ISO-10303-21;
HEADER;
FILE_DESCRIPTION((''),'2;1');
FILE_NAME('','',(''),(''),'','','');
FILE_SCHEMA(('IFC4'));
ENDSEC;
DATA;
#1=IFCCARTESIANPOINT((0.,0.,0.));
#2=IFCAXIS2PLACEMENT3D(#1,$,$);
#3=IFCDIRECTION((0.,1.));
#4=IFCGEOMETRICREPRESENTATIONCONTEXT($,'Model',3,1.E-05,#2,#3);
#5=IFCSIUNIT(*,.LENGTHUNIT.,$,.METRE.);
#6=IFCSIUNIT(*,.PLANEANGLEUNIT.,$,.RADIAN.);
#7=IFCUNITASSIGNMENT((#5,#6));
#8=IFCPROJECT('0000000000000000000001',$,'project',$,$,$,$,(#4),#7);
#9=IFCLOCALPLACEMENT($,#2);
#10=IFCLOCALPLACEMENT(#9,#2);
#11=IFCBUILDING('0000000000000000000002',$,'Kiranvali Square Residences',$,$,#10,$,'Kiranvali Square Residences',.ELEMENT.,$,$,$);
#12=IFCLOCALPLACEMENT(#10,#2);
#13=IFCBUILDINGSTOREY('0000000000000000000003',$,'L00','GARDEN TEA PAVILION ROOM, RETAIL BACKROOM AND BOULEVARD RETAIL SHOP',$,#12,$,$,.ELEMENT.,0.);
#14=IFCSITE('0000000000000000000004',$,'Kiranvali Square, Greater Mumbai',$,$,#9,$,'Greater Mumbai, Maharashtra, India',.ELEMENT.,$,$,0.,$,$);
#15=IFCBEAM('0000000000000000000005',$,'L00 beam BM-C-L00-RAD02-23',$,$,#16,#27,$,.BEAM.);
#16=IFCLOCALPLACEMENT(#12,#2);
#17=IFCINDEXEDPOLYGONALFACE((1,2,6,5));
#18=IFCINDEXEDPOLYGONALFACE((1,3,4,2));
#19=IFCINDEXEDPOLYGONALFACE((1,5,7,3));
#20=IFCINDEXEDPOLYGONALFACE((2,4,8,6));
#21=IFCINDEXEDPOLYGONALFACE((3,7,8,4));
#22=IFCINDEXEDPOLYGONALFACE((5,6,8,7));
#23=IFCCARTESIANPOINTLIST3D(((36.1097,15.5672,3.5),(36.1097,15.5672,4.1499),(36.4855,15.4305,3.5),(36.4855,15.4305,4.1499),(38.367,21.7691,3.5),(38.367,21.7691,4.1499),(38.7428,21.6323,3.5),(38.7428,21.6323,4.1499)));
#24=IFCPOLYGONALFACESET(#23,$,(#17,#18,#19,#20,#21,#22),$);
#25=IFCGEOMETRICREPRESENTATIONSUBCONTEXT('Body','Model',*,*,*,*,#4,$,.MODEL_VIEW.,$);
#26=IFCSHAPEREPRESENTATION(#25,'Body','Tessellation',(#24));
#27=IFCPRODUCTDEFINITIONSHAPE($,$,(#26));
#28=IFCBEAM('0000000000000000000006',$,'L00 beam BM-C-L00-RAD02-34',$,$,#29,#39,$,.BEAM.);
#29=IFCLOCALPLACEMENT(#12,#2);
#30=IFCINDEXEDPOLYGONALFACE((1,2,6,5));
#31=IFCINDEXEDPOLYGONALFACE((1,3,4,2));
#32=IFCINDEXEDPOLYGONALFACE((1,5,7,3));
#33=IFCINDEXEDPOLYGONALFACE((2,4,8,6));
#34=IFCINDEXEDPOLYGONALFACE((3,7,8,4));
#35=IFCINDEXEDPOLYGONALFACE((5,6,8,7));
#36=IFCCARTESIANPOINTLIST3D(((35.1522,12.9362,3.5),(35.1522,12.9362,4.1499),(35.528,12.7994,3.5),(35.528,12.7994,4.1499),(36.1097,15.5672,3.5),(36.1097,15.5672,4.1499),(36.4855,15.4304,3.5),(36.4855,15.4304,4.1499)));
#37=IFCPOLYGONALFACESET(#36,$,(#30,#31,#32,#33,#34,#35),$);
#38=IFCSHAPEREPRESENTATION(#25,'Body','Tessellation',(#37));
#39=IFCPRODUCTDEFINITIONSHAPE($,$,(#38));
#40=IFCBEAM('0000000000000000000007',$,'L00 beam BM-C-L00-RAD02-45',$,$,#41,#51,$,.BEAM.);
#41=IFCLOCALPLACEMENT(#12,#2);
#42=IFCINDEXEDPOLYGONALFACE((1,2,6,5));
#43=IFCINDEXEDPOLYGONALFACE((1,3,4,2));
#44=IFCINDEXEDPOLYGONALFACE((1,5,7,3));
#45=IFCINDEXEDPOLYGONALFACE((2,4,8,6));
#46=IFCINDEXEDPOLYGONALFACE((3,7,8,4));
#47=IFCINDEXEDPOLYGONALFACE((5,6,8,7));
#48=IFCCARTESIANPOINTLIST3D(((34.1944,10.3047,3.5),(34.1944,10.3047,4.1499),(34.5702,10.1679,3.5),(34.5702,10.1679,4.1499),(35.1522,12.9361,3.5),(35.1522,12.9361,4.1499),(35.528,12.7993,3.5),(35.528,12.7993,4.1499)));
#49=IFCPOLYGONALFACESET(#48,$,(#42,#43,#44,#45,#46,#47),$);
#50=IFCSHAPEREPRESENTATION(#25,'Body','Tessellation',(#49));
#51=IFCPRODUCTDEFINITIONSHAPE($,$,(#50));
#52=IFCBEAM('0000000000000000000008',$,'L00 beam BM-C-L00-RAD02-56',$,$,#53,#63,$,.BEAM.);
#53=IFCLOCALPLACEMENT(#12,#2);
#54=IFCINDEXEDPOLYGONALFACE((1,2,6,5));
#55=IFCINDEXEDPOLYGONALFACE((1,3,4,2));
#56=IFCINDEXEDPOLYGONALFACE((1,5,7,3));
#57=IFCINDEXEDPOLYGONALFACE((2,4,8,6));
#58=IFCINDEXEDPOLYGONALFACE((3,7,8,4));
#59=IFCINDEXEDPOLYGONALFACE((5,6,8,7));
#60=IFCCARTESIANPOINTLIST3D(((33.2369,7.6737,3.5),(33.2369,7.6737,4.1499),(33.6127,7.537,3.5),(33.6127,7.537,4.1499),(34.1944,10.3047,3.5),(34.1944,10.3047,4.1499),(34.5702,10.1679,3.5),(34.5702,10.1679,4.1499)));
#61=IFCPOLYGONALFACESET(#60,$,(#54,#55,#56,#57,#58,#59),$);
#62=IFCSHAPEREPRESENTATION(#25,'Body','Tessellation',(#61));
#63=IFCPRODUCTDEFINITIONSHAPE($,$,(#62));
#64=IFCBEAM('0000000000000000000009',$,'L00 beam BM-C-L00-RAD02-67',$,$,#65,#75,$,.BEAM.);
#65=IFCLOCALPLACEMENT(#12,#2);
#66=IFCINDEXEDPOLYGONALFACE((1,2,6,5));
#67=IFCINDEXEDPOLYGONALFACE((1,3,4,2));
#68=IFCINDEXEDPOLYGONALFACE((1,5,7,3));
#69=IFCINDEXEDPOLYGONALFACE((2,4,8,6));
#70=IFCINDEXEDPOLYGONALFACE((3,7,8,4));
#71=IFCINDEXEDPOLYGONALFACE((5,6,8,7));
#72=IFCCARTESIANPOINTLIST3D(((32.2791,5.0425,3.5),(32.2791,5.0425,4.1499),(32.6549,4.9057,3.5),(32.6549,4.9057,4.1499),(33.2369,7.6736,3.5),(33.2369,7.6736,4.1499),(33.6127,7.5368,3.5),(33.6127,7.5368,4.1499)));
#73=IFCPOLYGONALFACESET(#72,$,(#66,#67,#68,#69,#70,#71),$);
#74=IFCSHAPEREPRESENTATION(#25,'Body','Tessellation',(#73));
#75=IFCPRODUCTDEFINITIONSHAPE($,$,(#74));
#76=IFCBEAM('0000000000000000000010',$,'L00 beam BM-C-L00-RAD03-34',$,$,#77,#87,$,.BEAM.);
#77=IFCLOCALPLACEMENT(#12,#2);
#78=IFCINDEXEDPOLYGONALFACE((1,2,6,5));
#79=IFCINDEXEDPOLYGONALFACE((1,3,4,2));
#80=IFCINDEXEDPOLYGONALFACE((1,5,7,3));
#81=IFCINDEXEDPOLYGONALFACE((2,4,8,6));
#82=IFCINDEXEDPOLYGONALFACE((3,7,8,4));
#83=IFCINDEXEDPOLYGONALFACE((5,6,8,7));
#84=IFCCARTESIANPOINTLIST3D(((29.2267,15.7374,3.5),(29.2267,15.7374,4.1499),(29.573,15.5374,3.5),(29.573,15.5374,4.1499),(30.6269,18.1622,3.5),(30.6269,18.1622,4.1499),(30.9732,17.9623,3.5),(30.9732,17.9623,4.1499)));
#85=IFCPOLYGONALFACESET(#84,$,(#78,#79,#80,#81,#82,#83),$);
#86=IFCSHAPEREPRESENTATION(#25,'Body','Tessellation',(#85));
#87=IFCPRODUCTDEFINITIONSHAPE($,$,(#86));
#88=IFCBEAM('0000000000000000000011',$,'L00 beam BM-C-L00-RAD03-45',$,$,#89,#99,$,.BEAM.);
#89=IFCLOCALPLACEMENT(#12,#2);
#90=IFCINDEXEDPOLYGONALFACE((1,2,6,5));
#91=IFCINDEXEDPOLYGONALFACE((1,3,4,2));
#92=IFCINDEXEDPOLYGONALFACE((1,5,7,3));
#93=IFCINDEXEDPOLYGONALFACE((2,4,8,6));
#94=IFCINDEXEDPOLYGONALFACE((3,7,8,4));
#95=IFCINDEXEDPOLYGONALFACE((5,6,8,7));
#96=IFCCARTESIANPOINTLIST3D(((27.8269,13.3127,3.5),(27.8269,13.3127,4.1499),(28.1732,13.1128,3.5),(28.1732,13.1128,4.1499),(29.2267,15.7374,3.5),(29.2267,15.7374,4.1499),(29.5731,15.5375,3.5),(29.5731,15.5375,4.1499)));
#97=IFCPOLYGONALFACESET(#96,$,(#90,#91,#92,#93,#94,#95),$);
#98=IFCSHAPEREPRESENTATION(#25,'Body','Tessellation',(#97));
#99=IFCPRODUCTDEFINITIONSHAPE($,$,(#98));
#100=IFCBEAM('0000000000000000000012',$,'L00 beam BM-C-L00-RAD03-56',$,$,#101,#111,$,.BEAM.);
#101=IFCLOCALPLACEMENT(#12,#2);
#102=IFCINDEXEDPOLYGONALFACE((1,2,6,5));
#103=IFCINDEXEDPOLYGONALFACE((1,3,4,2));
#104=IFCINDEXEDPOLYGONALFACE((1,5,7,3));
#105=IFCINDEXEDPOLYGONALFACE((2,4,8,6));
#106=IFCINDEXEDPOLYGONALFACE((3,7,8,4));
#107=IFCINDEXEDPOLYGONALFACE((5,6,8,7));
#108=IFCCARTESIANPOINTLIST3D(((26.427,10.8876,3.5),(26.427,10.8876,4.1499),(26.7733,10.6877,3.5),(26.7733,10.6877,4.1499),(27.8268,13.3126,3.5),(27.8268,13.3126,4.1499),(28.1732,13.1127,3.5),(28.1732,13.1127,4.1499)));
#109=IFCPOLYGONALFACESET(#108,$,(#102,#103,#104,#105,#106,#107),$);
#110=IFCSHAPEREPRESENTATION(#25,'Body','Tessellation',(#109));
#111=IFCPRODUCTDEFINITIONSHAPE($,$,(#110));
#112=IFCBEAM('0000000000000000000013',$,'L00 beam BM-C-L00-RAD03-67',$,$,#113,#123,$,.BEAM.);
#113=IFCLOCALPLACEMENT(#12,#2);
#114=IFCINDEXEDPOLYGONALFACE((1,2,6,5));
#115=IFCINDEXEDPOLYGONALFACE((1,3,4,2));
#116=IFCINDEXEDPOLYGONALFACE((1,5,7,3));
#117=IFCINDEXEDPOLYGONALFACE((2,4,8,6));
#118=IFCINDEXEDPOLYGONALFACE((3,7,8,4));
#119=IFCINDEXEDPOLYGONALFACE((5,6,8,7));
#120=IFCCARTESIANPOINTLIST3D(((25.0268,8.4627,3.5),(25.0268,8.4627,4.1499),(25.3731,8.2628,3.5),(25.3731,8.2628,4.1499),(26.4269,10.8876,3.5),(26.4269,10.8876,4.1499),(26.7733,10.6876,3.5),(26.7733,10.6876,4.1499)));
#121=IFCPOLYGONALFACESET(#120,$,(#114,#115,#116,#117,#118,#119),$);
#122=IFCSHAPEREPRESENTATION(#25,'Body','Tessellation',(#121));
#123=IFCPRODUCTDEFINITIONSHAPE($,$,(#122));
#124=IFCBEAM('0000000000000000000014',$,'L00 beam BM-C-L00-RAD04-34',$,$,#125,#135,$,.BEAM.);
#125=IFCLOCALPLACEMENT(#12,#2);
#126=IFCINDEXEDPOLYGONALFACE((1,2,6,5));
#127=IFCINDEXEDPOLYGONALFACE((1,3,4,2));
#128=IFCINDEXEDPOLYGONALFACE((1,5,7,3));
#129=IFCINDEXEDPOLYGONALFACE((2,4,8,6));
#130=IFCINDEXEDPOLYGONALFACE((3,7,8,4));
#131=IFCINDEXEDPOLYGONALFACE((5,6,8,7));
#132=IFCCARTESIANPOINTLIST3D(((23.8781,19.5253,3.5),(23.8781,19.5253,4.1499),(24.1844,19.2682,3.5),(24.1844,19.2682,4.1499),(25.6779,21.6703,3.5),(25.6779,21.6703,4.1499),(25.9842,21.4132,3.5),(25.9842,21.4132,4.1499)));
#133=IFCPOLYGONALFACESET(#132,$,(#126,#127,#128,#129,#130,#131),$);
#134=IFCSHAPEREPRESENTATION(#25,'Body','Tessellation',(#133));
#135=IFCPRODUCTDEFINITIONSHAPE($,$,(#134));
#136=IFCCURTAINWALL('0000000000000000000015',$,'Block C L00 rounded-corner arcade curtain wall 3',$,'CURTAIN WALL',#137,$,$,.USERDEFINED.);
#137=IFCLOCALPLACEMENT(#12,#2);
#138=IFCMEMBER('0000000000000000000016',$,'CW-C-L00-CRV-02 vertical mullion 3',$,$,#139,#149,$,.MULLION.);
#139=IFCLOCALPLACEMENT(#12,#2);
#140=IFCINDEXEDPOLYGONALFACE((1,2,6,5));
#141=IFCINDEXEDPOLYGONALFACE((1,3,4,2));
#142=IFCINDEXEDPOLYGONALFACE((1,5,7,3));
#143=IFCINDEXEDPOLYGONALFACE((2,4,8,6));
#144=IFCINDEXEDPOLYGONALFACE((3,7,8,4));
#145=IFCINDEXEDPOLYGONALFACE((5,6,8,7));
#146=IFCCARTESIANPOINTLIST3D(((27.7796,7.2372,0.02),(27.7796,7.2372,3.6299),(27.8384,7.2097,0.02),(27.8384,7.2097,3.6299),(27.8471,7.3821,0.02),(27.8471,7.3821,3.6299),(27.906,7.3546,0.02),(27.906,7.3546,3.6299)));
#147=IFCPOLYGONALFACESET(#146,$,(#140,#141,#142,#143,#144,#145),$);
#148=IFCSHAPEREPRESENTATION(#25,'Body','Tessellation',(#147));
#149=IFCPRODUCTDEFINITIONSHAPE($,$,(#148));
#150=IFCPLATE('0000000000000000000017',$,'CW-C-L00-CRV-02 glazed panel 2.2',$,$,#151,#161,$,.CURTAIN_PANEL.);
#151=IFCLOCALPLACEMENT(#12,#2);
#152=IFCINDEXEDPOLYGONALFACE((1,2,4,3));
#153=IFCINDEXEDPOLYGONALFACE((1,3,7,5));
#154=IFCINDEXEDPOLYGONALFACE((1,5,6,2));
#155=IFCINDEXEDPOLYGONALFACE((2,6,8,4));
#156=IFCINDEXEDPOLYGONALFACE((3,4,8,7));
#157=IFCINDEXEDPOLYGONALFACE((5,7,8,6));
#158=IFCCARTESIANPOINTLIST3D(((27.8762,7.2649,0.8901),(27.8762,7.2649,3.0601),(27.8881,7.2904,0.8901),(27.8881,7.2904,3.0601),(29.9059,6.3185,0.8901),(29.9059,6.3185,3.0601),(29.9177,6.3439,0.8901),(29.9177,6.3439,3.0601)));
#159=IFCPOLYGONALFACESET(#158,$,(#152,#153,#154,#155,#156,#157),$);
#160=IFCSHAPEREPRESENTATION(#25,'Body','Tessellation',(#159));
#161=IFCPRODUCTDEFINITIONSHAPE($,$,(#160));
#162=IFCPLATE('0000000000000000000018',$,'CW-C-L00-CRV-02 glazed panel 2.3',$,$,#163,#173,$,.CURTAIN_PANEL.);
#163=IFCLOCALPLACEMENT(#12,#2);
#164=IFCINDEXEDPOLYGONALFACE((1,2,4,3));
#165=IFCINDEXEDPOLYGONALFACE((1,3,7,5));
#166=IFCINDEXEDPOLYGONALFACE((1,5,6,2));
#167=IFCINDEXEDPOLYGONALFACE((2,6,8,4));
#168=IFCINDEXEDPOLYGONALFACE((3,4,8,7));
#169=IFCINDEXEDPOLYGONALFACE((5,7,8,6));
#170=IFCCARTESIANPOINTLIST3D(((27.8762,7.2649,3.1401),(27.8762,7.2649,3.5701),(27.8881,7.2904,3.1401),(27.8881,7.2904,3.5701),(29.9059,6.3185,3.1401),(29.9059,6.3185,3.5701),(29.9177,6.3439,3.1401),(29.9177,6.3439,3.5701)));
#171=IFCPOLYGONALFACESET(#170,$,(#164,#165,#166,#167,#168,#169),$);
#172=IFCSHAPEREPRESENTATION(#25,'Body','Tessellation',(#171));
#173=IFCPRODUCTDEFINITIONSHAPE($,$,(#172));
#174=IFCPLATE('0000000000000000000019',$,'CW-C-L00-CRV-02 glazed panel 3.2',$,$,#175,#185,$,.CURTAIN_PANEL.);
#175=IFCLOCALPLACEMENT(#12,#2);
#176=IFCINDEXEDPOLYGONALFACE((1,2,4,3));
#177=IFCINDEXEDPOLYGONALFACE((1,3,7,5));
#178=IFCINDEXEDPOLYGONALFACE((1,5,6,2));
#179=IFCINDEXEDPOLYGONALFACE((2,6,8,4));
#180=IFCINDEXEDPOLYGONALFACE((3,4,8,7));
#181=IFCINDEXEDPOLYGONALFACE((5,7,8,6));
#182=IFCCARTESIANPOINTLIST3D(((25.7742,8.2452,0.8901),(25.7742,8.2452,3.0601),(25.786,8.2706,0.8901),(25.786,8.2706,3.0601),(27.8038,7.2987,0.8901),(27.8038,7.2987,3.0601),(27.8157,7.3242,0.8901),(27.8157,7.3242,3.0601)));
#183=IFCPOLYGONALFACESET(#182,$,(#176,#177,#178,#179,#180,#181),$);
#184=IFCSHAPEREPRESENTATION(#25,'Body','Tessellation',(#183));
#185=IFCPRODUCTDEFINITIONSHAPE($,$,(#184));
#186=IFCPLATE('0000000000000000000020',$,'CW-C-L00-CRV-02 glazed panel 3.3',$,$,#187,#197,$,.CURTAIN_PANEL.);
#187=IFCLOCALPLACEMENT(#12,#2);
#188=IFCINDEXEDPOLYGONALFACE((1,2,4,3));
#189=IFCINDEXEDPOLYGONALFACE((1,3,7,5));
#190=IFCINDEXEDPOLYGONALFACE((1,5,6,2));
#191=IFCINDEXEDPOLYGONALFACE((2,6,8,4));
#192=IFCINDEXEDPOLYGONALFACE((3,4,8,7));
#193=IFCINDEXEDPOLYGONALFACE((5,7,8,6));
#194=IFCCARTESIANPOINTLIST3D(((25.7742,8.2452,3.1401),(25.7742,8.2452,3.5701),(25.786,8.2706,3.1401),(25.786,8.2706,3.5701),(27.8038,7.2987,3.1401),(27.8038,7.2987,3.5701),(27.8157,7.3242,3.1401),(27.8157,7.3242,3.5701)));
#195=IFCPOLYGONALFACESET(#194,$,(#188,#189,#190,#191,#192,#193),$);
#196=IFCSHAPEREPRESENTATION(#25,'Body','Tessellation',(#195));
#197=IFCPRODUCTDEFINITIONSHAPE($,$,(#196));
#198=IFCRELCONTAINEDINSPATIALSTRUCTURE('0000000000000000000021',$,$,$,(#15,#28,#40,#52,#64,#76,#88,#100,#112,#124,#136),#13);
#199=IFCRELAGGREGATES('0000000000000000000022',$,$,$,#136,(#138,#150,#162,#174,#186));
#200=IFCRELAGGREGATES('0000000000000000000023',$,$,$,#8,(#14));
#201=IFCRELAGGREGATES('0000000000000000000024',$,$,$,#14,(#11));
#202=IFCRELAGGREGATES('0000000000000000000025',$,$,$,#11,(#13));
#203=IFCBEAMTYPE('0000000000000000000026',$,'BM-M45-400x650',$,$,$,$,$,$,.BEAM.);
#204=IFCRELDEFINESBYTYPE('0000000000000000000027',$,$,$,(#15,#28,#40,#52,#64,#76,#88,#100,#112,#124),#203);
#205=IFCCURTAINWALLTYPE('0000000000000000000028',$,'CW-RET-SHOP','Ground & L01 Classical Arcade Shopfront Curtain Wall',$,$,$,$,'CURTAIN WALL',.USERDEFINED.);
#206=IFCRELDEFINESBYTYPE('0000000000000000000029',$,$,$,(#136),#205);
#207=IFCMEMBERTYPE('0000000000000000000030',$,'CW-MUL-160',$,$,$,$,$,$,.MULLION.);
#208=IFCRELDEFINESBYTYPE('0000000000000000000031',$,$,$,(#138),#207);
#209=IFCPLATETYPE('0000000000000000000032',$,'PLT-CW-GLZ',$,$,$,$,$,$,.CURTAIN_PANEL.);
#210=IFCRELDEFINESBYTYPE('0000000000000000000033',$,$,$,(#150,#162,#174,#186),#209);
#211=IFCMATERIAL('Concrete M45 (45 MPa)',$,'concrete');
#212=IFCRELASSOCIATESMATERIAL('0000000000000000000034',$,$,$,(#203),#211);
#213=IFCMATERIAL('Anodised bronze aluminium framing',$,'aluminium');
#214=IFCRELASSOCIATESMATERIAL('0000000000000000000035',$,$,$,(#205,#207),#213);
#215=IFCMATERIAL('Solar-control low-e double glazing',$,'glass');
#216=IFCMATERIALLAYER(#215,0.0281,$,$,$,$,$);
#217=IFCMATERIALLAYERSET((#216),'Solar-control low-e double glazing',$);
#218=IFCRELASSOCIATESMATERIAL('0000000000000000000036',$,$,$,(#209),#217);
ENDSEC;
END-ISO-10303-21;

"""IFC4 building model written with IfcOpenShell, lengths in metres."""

from ifc_helpers import new_model, si_unit, direction, frame, origin, origin_2d, place, context, subcontext, project, spatial, rectangle, extrude, material, layer, layer_set, material_profile, profile_set, type_object, element, aggregate, save


model = new_model("IFC4")

# Units and contexts
model_context = context("Model", 3, precision=1e-05, world=origin(), true_north=direction((0.0, 1.0)))
body_context = subcontext(model_context, "Body", "Model", "MODEL_VIEW")
ifc_project = project(units=[si_unit("LENGTHUNIT", "METRE"), si_unit("PLANEANGLEUNIT", "RADIAN")], contexts=[model_context])

# Site, building, storey
site_placement = place(None, origin())
site = spatial("IfcSite", under=ifc_project, at=site_placement, Name="Kiranvali Square, Greater Mumbai", LongName="Greater Mumbai, Maharashtra, India", CompositionType="ELEMENT", RefElevation=0.0)
building_placement = place(site_placement, origin())
building = spatial("IfcBuilding", under=site, at=building_placement, Name="Kiranvali Square Residences", LongName="Kiranvali Square Residences", CompositionType="ELEMENT")
storey_placement = place(building_placement, origin())
storey = spatial("IfcBuildingStorey", under=building, at=storey_placement, Name="L00", Description="GARDEN TEA PAVILION ROOM, RETAIL BACKROOM AND BOULEVARD RETAIL SHOP", CompositionType="ELEMENT", Elevation=0.0)

# Beams
ifc_material_1 = material(Name="Concrete M45 (45 MPa)", Category="concrete")
ifc_material_profile_1 = material_profile(ifc_material_1, rectangle(XDim=0.3999, YDim=0.6499, at=origin_2d()), Name="RC 400x650")
ifc_profile_set_1 = profile_set([ifc_material_profile_1], Name="Concrete M45 (45 MPa)")
beam_type = type_object("IfcBeamType", Name="BM-M45-400x650", PredefinedType="BEAM", material=ifc_profile_set_1)
beam_1_placement = place(storey_placement, frame((38.5549, 21.7007, 3.825), z_axis=(-0.342022, -0.939692, 0.0), x_axis=(0.939692, -0.342022, 0.0)))
element("IfcBeam", 1, at=beam_1_placement, inside=storey, type_object=beam_type, Name="L00 beam BM-C-L00-RAD02-23", PredefinedType="BEAM", context=body_context, shape_type="SweptSolid", body=[
    extrude(rectangle(XDim=0.3999, YDim=0.6499, at=origin_2d()), origin(), (0.0, 0.0, 1.0), 6.5999),
])
beam_2_placement = place(storey_placement, frame((36.2976, 15.4988, 3.825), z_axis=(-0.341981, -0.939707, 0.0), x_axis=(0.939707, -0.341981, 0.0)))
element("IfcBeam", 2, at=beam_2_placement, inside=storey, type_object=beam_type, Name="L00 beam BM-C-L00-RAD02-34", PredefinedType="BEAM", context=body_context, shape_type="SweptSolid", body=[
    extrude(rectangle(XDim=0.3999, YDim=0.6499, at=origin_2d()), origin(), (0.0, 0.0, 1.0), 2.7998),
])
beam_3_placement = place(storey_placement, frame((35.3401, 12.8677, 3.825), z_axis=(-0.34203, -0.939689, 0.0), x_axis=(0.939689, -0.34203, 0.0)))
element("IfcBeam", 3, at=beam_3_placement, inside=storey, type_object=beam_type, Name="L00 beam BM-C-L00-RAD02-45", PredefinedType="BEAM", context=body_context, shape_type="SweptSolid", body=[
    extrude(rectangle(XDim=0.3999, YDim=0.6499, at=origin_2d()), origin(), (0.0, 0.0, 1.0), 2.8003),
])
beam_4_placement = place(storey_placement, frame((34.3823, 10.2363, 3.825), z_axis=(-0.341981, -0.939707, 0.0), x_axis=(0.939707, -0.341981, 0.0)))
element("IfcBeam", 4, at=beam_4_placement, inside=storey, type_object=beam_type, Name="L00 beam BM-C-L00-RAD02-56", PredefinedType="BEAM", context=body_context, shape_type="SweptSolid", body=[
    extrude(rectangle(XDim=0.3999, YDim=0.6499, at=origin_2d()), origin(), (0.0, 0.0, 1.0), 2.7998),
])
for number, where, z_axis, x_axis, name in (
    (5, (33.4248, 7.6052, 3.825), (-0.342058, -0.939679, 0.0), (0.939679, -0.342058, 0.0), "L00 beam BM-C-L00-RAD02-67"),
    (6, (30.8, 18.0623, 3.825), (-0.50005, -0.865997, 0.0), (0.865997, -0.50005, 0.0), "L00 beam BM-C-L00-RAD03-34"),
):
    element("IfcBeam", number, at=place(storey_placement, frame(where, z_axis=z_axis, x_axis=x_axis)), inside=storey, type_object=beam_type, Name=name, PredefinedType="BEAM", context=body_context, shape_type="SweptSolid", body=[
        extrude(rectangle(XDim=0.3999, YDim=0.6499, at=origin_2d()), origin(), (0.0, 0.0, 1.0), 2.8),
    ])
beam_5_placement = place(storey_placement, frame((29.3999, 15.6375, 3.825), z_axis=(-0.499984, -0.866035, 0.0), x_axis=(0.866035, -0.499984, 0.0)))
element("IfcBeam", 7, at=beam_5_placement, inside=storey, type_object=beam_type, Name="L00 beam BM-C-L00-RAD03-45", PredefinedType="BEAM", context=body_context, shape_type="SweptSolid", body=[
    extrude(rectangle(XDim=0.3999, YDim=0.6499, at=origin_2d()), origin(), (0.0, 0.0, 1.0), 2.7998),
])
for number, where, z_axis, x_axis, name in (
    (8, (28.0, 13.2126, 3.825), (-0.499946, -0.866056, 0.0), (0.866056, -0.499946, 0.0), "L00 beam BM-C-L00-RAD03-56"),
    (9, (26.6001, 10.7876, 3.825), (-0.50005, -0.865997, 0.0), (0.865997, -0.50005, 0.0), "L00 beam BM-C-L00-RAD03-67"),
    (10, (25.8311, 21.5417, 3.825), (-0.642771, -0.766059, 0.0), (0.766059, -0.642771, 0.0), "L00 beam BM-C-L00-RAD04-34"),
):
    element("IfcBeam", number, at=place(storey_placement, frame(where, z_axis=z_axis, x_axis=x_axis)), inside=storey, type_object=beam_type, Name=name, PredefinedType="BEAM", context=body_context, shape_type="SweptSolid", body=[
        extrude(rectangle(XDim=0.3999, YDim=0.6499, at=origin_2d()), origin(), (0.0, 0.0, 1.0), 2.8),
    ])

# Curtain wall, member, plates
ifc_material_2 = material(Name="Anodised bronze aluminium framing", Category="aluminium")
curtain_wall_type = type_object("IfcCurtainWallType", Name="CW-RET-SHOP", Description="Ground & L01 Classical Arcade Shopfront Curtain Wall", ElementType="CURTAIN WALL", PredefinedType="USERDEFINED", material=ifc_material_2)
curtain_wall_placement = place(storey_placement, origin())
curtain_wall = element("IfcCurtainWall", 11, at=curtain_wall_placement, inside=storey, type_object=curtain_wall_type, Name="Block C L00 rounded-corner arcade curtain wall 3", ObjectType="CURTAIN WALL", PredefinedType="USERDEFINED")
ifc_material_profile_2 = material_profile(ifc_material_2, rectangle(XDim=0.0649, YDim=0.1599, at=origin_2d()), Name="ALU 65x160")
ifc_profile_set_2 = profile_set([ifc_material_profile_2], Name="Anodised bronze aluminium framing")
member_type = type_object("IfcMemberType", Name="CW-MUL-160", PredefinedType="MULLION", material=ifc_profile_set_2)
member_placement = place(storey_placement, frame((27.8428, 7.2959, 0.02), z_axis=(0.0, 0.0, 1.0), x_axis=(-0.906308, 0.422618, 0.0)))
member = element("IfcMember", 12, at=member_placement, type_object=member_type, Name="CW-C-L00-CRV-02 vertical mullion 3", PredefinedType="MULLION", context=body_context, shape_type="SweptSolid", body=[
    extrude(rectangle(XDim=0.0649, YDim=0.1599, at=origin_2d()), origin(), (0.0, 0.0, 1.0), 3.6099),
])
ifc_material_3 = material(Name="Solar-control low-e double glazing", Category="glass")
ifc_layer_1 = layer(ifc_material_3, 0.0281)
ifc_layer_set_1 = layer_set([ifc_layer_1], Name="Solar-control low-e double glazing")
plate_type_1 = type_object("IfcPlateType", Name="PLT-CW-GLZ", PredefinedType="CURTAIN_PANEL", material=ifc_layer_set_1)
plate_1_placement = place(storey_placement, frame((28.897, 6.8044, 0.8901), z_axis=(0.0, 0.0, 1.0), x_axis=(-0.906308, 0.422618, 0.0)))
plate_1 = element("IfcPlate", 13, at=plate_1_placement, type_object=plate_type_1, Name="CW-C-L00-CRV-02 glazed panel 2.2", PredefinedType="CURTAIN_PANEL", context=body_context, shape_type="SweptSolid", body=[
    extrude(rectangle(XDim=2.2395, YDim=0.0281, at=origin_2d()), origin(), (0.0, 0.0, 1.0), 2.1699),
])
plate_2_placement = place(storey_placement, frame((28.897, 6.8044, 3.1401), z_axis=(0.0, 0.0, 1.0), x_axis=(-0.906308, 0.422618, 0.0)))
plate_2 = element("IfcPlate", 14, at=plate_2_placement, type_object=plate_type_1, Name="CW-C-L00-CRV-02 glazed panel 2.3", PredefinedType="CURTAIN_PANEL", context=body_context, shape_type="SweptSolid", body=[
    extrude(rectangle(XDim=2.2395, YDim=0.0281, at=origin_2d()), origin(), (0.0, 0.0, 1.0), 0.4299),
])
plate_3_placement = place(storey_placement, frame((26.7949, 7.7847, 0.8901), z_axis=(0.0, 0.0, 1.0), x_axis=(-0.906308, 0.422618, 0.0)))
plate_3 = element("IfcPlate", 15, at=plate_3_placement, type_object=plate_type_1, Name="CW-C-L00-CRV-02 glazed panel 3.2", PredefinedType="CURTAIN_PANEL", context=body_context, shape_type="SweptSolid", body=[
    extrude(rectangle(XDim=2.2395, YDim=0.0281, at=origin_2d()), origin(), (0.0, 0.0, 1.0), 2.1699),
])
plate_4_placement = place(storey_placement, frame((26.7949, 7.7847, 3.1401), z_axis=(0.0, 0.0, 1.0), x_axis=(-0.906308, 0.422618, 0.0)))
plate_4 = element("IfcPlate", 16, at=plate_4_placement, type_object=plate_type_1, Name="CW-C-L00-CRV-02 glazed panel 3.3", PredefinedType="CURTAIN_PANEL", context=body_context, shape_type="SweptSolid", body=[
    extrude(rectangle(XDim=2.2395, YDim=0.0281, at=origin_2d()), origin(), (0.0, 0.0, 1.0), 0.4299),
])
aggregate(curtain_wall, [member, plate_1, plate_2, plate_3, plate_4])

save(model, "model.ifc")
